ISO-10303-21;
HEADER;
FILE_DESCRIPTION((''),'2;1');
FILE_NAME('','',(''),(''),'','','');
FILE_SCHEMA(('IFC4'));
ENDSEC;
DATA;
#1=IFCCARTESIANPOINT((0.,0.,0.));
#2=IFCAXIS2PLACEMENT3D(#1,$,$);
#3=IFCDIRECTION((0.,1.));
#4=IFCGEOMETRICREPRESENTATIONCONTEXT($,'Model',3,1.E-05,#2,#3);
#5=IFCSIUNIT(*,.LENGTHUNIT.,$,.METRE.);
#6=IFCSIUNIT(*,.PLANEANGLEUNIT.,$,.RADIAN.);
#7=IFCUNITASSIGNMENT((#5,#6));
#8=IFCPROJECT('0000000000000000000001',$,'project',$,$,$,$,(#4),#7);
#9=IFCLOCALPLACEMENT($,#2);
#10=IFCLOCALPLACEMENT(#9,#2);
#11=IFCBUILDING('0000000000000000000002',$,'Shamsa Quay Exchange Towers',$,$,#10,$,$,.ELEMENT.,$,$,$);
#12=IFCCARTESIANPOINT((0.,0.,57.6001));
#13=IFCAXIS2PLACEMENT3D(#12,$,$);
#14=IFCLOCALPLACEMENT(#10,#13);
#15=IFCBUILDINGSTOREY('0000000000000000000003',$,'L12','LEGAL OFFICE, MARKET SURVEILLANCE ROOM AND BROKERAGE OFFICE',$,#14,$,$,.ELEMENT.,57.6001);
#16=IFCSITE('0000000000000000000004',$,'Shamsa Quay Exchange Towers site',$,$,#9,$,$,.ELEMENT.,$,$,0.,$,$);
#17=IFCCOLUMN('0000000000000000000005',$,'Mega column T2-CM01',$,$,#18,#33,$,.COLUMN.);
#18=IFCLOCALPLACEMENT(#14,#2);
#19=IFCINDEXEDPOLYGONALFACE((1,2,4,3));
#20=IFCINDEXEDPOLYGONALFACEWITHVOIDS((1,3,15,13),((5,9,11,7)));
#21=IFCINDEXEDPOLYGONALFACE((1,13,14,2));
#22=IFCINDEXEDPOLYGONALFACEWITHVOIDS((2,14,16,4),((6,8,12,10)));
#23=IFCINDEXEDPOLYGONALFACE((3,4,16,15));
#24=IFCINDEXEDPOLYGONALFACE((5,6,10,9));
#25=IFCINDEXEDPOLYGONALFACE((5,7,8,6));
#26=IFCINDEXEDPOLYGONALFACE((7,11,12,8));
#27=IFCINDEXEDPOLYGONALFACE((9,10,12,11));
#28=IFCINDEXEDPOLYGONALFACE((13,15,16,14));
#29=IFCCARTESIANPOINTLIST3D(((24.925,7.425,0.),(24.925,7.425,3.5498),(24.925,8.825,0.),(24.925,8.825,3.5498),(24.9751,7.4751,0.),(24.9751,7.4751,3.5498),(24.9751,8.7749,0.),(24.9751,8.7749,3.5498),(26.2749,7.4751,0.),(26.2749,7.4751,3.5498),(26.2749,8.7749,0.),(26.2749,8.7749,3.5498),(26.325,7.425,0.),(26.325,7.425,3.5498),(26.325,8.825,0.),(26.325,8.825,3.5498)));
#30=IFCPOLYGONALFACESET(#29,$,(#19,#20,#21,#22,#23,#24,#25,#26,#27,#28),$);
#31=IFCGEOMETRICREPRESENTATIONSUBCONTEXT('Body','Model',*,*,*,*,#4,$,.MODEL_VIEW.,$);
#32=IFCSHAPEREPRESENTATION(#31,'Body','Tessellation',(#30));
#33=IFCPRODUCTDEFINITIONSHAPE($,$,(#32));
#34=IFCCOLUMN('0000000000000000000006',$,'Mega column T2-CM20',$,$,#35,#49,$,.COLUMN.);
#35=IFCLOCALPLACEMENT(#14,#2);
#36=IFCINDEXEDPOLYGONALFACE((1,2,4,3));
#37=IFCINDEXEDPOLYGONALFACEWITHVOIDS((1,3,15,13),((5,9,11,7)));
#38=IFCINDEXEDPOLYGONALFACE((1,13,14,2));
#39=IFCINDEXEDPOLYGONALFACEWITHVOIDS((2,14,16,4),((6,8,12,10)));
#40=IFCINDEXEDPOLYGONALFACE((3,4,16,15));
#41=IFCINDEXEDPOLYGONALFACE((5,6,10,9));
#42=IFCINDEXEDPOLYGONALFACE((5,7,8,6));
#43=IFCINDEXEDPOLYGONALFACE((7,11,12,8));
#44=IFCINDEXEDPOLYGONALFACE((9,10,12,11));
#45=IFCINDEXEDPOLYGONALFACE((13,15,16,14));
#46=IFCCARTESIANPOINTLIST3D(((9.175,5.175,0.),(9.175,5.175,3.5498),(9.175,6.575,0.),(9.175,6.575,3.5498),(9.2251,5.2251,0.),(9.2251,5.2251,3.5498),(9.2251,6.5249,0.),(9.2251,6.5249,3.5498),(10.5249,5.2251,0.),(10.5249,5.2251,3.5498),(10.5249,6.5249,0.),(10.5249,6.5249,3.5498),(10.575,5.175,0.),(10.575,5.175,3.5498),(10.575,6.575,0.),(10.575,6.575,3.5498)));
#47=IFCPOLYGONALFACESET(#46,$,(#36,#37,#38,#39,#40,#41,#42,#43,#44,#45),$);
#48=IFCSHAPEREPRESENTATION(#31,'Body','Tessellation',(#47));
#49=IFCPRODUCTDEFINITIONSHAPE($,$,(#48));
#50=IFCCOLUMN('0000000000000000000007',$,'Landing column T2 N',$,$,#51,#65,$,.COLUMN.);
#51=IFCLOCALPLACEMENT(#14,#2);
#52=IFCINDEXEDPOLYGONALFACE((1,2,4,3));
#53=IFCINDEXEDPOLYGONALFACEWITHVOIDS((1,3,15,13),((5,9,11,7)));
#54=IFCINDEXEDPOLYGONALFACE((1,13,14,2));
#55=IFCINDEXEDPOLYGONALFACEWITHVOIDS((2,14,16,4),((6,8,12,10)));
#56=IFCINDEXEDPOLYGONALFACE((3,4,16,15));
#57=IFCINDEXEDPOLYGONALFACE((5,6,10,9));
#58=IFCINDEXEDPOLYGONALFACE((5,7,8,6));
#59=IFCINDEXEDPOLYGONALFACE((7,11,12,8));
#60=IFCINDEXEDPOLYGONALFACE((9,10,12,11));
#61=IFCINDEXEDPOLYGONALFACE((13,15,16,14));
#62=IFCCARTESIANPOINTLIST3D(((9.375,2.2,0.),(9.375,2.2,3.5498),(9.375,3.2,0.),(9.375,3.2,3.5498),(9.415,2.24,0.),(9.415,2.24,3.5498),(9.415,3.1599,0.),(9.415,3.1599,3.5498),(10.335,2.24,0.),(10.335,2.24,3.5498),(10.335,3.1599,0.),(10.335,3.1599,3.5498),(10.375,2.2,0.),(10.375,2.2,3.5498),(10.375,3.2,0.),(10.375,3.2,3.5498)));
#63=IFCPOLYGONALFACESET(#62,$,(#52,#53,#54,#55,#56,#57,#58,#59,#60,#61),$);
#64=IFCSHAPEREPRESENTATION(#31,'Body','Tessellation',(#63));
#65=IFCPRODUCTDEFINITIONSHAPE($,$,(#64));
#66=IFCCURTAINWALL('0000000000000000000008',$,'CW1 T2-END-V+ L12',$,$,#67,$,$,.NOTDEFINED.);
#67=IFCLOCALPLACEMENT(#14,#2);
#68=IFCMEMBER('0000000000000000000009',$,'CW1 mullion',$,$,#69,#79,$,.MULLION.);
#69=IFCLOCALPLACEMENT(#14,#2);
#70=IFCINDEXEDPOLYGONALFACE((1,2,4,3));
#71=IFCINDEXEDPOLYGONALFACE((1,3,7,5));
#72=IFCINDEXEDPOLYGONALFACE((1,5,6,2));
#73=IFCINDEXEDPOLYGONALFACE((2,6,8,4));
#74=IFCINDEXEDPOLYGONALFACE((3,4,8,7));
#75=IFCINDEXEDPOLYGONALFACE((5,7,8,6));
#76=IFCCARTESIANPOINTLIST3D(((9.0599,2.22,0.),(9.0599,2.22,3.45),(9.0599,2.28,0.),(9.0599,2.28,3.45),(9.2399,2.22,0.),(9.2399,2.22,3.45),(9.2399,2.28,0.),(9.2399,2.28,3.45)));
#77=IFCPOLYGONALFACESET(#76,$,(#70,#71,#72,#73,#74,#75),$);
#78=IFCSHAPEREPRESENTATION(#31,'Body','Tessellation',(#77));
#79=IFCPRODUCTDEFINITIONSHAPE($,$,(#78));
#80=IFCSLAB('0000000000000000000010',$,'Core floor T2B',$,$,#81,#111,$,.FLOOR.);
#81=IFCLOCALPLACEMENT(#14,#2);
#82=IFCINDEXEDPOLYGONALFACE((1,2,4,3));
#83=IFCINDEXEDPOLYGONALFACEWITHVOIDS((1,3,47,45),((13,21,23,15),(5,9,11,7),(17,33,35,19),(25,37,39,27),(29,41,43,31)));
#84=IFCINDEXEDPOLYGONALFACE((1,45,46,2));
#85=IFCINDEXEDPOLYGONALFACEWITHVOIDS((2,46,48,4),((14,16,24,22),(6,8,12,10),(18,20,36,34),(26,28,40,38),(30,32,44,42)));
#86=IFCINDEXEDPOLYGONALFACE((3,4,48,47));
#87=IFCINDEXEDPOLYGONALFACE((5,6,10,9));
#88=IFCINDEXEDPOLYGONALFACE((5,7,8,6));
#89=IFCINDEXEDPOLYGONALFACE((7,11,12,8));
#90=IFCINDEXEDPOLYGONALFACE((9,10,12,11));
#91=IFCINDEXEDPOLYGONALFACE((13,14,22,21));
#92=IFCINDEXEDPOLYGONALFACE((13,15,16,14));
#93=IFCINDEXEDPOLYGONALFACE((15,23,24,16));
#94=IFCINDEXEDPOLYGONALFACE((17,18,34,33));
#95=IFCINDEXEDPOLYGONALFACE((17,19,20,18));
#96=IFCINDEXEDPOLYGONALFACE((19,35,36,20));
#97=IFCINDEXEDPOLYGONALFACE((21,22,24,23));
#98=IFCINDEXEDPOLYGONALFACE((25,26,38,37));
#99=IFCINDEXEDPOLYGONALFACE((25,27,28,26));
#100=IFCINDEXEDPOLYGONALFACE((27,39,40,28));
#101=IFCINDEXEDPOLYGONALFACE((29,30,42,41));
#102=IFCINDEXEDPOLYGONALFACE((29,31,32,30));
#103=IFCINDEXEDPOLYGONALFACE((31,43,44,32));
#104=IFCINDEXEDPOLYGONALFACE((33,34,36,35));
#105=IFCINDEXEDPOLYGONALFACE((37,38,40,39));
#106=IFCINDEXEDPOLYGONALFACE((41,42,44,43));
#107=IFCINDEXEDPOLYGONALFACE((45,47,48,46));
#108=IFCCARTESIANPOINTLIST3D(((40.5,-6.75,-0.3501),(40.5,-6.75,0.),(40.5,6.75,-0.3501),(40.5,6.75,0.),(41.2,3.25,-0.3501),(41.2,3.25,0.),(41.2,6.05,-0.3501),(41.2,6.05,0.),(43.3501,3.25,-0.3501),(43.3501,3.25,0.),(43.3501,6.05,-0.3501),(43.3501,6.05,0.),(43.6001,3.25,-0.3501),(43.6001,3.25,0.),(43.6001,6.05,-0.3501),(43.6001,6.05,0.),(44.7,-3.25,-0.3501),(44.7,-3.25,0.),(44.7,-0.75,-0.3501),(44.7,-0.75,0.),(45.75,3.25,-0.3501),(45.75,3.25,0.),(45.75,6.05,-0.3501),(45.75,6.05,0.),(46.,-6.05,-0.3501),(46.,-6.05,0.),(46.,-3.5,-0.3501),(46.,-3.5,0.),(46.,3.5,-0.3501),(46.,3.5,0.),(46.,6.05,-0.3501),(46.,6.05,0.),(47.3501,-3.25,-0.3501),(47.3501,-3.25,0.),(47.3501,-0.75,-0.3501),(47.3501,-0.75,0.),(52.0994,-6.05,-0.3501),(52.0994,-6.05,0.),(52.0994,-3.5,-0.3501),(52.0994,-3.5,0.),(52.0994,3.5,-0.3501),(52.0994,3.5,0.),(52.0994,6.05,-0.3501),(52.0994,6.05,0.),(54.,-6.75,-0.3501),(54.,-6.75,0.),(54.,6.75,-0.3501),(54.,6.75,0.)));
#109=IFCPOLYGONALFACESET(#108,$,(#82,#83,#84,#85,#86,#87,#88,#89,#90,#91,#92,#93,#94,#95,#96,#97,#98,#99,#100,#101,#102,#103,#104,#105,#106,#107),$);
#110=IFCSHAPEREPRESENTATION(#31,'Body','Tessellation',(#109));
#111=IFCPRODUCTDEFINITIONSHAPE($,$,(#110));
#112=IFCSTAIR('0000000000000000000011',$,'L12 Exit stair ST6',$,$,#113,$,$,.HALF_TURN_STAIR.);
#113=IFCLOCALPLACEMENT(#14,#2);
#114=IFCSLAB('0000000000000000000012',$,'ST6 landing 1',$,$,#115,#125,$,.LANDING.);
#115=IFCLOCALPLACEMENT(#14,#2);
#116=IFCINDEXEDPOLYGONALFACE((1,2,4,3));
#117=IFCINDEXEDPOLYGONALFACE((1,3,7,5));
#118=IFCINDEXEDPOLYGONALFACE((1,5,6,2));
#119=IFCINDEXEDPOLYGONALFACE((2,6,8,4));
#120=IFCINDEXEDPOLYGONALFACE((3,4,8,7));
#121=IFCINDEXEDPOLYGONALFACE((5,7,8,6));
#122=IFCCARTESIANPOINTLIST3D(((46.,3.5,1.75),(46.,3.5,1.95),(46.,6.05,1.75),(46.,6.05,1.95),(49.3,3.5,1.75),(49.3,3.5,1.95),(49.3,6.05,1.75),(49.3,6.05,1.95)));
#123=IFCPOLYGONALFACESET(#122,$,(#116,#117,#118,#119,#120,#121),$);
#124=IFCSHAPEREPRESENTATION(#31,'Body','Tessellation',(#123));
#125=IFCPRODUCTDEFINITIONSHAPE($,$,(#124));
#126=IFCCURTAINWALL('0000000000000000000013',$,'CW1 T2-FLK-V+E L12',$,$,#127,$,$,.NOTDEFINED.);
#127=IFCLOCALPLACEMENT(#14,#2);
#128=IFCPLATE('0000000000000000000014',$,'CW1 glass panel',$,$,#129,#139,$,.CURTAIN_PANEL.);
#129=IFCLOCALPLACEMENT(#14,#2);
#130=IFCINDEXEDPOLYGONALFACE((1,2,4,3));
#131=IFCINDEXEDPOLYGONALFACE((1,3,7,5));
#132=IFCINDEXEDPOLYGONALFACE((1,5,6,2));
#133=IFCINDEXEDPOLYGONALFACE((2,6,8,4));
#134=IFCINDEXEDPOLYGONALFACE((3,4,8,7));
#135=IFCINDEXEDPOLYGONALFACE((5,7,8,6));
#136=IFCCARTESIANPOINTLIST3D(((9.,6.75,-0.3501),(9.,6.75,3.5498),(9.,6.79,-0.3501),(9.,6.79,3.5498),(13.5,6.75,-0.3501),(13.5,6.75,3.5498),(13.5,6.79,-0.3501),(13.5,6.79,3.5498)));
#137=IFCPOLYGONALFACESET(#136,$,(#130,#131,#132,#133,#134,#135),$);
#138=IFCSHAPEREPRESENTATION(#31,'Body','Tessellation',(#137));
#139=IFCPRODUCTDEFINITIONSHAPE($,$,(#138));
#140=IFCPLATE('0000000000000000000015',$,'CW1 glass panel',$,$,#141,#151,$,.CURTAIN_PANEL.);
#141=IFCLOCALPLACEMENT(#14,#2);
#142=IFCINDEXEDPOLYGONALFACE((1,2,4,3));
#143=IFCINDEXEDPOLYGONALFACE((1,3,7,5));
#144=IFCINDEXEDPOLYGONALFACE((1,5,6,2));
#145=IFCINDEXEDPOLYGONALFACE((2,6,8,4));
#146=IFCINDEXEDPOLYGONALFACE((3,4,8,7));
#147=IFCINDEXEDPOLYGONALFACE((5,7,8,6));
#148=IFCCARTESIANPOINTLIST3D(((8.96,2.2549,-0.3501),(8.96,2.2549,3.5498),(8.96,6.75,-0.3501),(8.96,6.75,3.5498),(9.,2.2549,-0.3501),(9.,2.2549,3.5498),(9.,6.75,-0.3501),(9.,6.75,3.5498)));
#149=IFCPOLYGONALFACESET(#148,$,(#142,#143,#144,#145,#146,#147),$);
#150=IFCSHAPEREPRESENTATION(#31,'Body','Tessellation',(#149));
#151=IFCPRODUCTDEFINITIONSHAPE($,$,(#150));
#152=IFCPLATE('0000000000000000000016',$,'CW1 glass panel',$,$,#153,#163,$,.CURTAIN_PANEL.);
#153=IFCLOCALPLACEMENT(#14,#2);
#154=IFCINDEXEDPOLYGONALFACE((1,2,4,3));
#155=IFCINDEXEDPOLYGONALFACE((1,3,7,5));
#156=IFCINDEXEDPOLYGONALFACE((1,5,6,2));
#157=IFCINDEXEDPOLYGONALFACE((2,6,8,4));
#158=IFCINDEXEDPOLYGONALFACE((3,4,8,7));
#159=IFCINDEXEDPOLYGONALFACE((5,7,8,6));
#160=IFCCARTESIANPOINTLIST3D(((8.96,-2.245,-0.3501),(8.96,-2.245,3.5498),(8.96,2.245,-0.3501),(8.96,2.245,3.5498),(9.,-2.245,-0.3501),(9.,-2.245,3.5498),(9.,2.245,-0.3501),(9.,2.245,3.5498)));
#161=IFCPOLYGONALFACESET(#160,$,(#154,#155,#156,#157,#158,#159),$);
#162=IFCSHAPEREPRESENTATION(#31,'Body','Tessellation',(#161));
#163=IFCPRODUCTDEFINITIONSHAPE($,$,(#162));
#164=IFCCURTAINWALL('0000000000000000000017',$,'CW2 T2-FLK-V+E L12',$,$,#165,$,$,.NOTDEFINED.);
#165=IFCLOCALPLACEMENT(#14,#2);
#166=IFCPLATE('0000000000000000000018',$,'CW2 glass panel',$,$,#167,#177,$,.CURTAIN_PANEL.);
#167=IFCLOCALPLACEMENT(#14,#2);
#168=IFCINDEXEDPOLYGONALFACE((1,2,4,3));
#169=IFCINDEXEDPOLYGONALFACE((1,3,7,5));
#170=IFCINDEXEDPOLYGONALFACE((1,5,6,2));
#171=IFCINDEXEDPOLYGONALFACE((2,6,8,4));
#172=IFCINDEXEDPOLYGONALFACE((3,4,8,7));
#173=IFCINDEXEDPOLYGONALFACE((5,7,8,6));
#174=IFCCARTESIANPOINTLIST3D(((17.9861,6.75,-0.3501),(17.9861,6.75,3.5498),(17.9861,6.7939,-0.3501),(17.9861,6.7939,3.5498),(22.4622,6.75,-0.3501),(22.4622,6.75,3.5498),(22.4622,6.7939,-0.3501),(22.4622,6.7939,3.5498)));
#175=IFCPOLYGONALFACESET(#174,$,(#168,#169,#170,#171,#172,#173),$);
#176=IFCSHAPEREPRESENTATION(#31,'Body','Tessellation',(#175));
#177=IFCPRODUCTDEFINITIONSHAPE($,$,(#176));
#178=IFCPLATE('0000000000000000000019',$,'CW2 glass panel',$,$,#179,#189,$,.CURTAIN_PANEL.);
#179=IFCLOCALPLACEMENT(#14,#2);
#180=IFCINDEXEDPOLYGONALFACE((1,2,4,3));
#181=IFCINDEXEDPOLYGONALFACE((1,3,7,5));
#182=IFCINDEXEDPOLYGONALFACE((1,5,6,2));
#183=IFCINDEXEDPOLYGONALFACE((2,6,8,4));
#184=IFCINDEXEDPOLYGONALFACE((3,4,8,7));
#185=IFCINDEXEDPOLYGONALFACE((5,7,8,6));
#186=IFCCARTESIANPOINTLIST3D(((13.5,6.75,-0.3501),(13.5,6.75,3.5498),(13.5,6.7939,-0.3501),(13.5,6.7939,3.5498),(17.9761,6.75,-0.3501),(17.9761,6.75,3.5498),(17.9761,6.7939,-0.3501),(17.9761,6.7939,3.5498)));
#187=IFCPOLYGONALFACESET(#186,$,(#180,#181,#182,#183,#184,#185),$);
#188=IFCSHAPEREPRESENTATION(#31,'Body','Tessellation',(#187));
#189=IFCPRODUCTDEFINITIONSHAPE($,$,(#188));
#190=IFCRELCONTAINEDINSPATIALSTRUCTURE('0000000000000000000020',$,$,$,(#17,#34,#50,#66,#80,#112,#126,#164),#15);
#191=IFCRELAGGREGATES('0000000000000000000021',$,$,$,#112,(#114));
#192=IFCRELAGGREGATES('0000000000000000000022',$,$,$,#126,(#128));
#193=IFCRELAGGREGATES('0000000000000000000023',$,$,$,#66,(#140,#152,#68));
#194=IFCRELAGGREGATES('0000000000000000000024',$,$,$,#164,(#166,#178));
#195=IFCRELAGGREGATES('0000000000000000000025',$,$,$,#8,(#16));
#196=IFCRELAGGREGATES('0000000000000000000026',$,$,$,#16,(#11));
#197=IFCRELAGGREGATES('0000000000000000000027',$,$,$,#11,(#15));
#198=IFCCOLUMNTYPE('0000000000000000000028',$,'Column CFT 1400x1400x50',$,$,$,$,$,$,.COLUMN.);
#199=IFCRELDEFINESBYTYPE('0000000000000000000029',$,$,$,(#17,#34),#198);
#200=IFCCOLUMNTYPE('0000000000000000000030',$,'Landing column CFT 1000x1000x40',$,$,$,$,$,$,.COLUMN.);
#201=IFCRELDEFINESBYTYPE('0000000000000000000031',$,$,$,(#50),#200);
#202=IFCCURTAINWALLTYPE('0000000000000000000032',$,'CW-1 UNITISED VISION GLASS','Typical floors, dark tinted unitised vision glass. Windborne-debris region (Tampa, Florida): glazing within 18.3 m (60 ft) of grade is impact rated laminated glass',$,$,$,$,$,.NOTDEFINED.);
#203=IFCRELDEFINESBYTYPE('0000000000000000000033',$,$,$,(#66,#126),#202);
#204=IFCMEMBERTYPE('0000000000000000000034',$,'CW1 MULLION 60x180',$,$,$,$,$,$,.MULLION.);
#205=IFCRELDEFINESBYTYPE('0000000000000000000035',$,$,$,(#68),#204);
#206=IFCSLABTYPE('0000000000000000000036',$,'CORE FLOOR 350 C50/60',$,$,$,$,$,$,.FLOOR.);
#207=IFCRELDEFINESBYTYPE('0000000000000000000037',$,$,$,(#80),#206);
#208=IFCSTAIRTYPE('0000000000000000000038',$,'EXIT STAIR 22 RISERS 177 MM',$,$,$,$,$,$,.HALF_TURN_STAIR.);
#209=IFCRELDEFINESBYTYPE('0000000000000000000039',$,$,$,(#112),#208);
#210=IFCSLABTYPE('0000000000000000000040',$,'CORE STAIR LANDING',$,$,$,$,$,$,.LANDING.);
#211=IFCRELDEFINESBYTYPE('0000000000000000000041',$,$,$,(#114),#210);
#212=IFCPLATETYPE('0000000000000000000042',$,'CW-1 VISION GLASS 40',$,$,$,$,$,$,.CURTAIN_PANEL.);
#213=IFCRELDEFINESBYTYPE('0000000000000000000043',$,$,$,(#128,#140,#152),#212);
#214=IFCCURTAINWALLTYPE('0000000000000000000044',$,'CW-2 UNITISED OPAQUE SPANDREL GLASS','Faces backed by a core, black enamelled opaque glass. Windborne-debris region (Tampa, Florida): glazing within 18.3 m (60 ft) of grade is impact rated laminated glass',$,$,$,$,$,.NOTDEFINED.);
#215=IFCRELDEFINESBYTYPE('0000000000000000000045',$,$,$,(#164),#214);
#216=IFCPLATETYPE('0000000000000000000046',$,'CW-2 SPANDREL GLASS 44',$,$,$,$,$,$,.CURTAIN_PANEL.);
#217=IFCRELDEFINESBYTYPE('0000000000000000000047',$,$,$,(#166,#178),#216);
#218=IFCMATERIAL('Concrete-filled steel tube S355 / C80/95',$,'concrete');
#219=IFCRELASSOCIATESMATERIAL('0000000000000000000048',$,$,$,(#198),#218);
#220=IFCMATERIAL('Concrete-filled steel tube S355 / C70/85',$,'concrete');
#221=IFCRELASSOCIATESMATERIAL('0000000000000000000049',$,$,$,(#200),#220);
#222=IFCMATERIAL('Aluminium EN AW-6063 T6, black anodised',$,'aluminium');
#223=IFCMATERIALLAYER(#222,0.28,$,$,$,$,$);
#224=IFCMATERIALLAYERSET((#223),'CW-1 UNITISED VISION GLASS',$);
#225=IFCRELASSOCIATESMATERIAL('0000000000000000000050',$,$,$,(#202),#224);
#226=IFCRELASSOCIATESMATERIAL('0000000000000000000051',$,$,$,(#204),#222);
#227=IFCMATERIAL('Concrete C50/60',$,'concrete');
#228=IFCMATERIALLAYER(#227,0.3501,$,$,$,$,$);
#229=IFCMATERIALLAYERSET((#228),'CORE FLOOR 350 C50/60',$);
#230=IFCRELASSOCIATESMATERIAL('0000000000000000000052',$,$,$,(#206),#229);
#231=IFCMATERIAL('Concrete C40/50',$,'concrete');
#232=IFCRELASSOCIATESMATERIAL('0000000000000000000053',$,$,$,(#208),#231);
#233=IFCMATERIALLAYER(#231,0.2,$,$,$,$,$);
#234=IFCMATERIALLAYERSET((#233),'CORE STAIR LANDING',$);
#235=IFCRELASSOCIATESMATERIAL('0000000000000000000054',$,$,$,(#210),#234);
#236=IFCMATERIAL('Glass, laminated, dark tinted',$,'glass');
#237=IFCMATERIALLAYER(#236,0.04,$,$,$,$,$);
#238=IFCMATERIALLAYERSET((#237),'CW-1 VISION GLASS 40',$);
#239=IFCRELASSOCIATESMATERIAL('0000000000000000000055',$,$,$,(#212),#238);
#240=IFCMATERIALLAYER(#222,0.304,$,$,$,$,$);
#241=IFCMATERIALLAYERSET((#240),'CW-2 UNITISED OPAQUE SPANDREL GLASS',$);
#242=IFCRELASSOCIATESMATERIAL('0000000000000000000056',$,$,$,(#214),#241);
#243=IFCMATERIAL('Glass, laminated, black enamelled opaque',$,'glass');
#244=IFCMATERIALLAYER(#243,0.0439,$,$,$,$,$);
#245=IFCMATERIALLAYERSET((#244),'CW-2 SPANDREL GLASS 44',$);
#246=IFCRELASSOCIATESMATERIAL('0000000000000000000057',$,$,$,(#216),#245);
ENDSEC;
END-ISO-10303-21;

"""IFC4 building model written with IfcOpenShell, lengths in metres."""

from ifc_helpers import new_model, si_unit, direction, frame, origin, origin_2d, place, context, subcontext, project, spatial, polyline, rectangle, hollow_rectangle, outline, extrude, material, layer, layer_set, material_profile, profile_set, type_object, element, aggregate, save


model = new_model("IFC4")

# Units and contexts
model_context = context("Model", 3, precision=1e-05, world=origin(), true_north=direction((0.0, 1.0)))
body_context = subcontext(model_context, "Body", "Model", "MODEL_VIEW")
ifc_project = project(units=[si_unit("LENGTHUNIT", "METRE"), si_unit("PLANEANGLEUNIT", "RADIAN")], contexts=[model_context])

# Site, building, storey
site_placement = place(None, origin())
site = spatial("IfcSite", under=ifc_project, at=site_placement, Name="Shamsa Quay Exchange Towers site", CompositionType="ELEMENT", RefElevation=0.0)
building_placement = place(site_placement, origin())
building = spatial("IfcBuilding", under=site, at=building_placement, Name="Shamsa Quay Exchange Towers", CompositionType="ELEMENT")
storey_placement = place(building_placement, frame((0.0, 0.0, 57.6001)))
storey = spatial("IfcBuildingStorey", under=building, at=storey_placement, Name="L12", Description="LEGAL OFFICE, MARKET SURVEILLANCE ROOM AND BROKERAGE OFFICE", CompositionType="ELEMENT", Elevation=57.6001)

# Columns
ifc_material_1 = material(Name="Concrete-filled steel tube S355 / C80/95", Category="concrete")
ifc_material_profile_1 = material_profile(ifc_material_1, hollow_rectangle(XDim=1.3999, YDim=1.3999, WallThickness=0.05, at=origin_2d()), Name="CFT 1400x1400x50")
ifc_profile_set_1 = profile_set([ifc_material_profile_1], Name="Concrete-filled steel tube S355 / C80/95")
column_type_1 = type_object("IfcColumnType", Name="Column CFT 1400x1400x50", PredefinedType="COLUMN", material=ifc_profile_set_1)
for number, where, name in (
    (1, (25.625, 8.125, 0.0), "Mega column T2-CM01"),
    (2, (9.875, 5.875, 0.0), "Mega column T2-CM20"),
):
    element("IfcColumn", number, at=place(storey_placement, frame(where)), inside=storey, type_object=column_type_1, Name=name, PredefinedType="COLUMN", context=body_context, shape_type="SweptSolid", body=[
        extrude(hollow_rectangle(XDim=1.3999, YDim=1.3999, WallThickness=0.05, at=origin_2d()), origin(), (0.0, 0.0, 1.0), 3.5498),
    ])
ifc_material_2 = material(Name="Concrete-filled steel tube S355 / C70/85", Category="concrete")
ifc_material_profile_2 = material_profile(ifc_material_2, hollow_rectangle(XDim=1.0, YDim=1.0, WallThickness=0.04, at=origin_2d()), Name="CFT 1000x1000x40")
ifc_profile_set_2 = profile_set([ifc_material_profile_2], Name="Concrete-filled steel tube S355 / C70/85")
column_type_2 = type_object("IfcColumnType", Name="Landing column CFT 1000x1000x40", PredefinedType="COLUMN", material=ifc_profile_set_2)
column_placement = place(storey_placement, frame((9.875, 2.7, 0.0)))
element("IfcColumn", 3, at=column_placement, inside=storey, type_object=column_type_2, Name="Landing column T2 N", PredefinedType="COLUMN", context=body_context, shape_type="SweptSolid", body=[
    extrude(hollow_rectangle(XDim=1.0, YDim=1.0, WallThickness=0.04, at=origin_2d()), origin(), (0.0, 0.0, 1.0), 3.5498),
])

# Curtain wall, member
ifc_material_3 = material(Name="Aluminium EN AW-6063 T6, black anodised", Category="aluminium")
ifc_layer_1 = layer(ifc_material_3, 0.28)
ifc_layer_set_1 = layer_set([ifc_layer_1], Name="CW-1 UNITISED VISION GLASS")
curtain_wall_type_1 = type_object("IfcCurtainWallType", Name="CW-1 UNITISED VISION GLASS", Description="Typical floors, dark tinted unitised vision glass. Windborne-debris region (Tampa, Florida): glazing within 18.3 m (60 ft) of grade is impact rated laminated glass", PredefinedType="NOTDEFINED", material=ifc_layer_set_1)
curtain_wall_1_placement = place(storey_placement, origin())
curtain_wall_1 = element("IfcCurtainWall", 4, at=curtain_wall_1_placement, inside=storey, type_object=curtain_wall_type_1, Name="CW1 T2-END-V+ L12", PredefinedType="NOTDEFINED")
ifc_material_profile_3 = material_profile(ifc_material_3, rectangle(XDim=0.1799, YDim=0.0601, at=origin_2d()), Name="MU60x180")
ifc_profile_set_3 = profile_set([ifc_material_profile_3], Name="Aluminium EN AW-6063 T6, black anodised")
member_type = type_object("IfcMemberType", Name="CW1 MULLION 60x180", PredefinedType="MULLION", material=ifc_profile_set_3)
member_placement = place(storey_placement, frame((9.1499, 2.25, 0.0)))
member = element("IfcMember", 5, at=member_placement, type_object=member_type, Name="CW1 mullion", PredefinedType="MULLION", context=body_context, shape_type="SweptSolid", body=[
    extrude(rectangle(XDim=0.1799, YDim=0.0601, at=origin_2d()), origin(), (0.0, 0.0, 1.0), 3.45),
])

# Slab
ifc_material_4 = material(Name="Concrete C50/60", Category="concrete")
ifc_layer_2 = layer(ifc_material_4, 0.3501)
ifc_layer_set_2 = layer_set([ifc_layer_2], Name="CORE FLOOR 350 C50/60")
slab_type_1 = type_object("IfcSlabType", Name="CORE FLOOR 350 C50/60", PredefinedType="FLOOR", material=ifc_layer_set_2)
slab_1_placement = place(storey_placement, frame((0.0, 0.0, -0.3501)))
element("IfcSlab", 6, at=slab_1_placement, inside=storey, type_object=slab_type_1, Name="Core floor T2B", PredefinedType="FLOOR", context=body_context, shape_type="SweptSolid", body=[
    extrude(outline(polyline([(54.0, -6.75), (54.0, 6.75), (40.5, 6.75), (40.5, -6.75), (54.0, -6.75)]), holes=[polyline([(52.0994, -3.5), (52.0994, -6.05), (46.0, -6.05), (46.0, -3.5), (52.0994, -3.5)]), polyline([(52.0994, 6.05), (52.0994, 3.5), (46.0, 3.5), (46.0, 6.05), (52.0994, 6.05)]), polyline([(45.75, 3.25), (43.6001, 3.25), (43.6001, 6.05), (45.75, 6.05), (45.75, 3.25)]), polyline([(43.3501, 3.25), (41.2, 3.25), (41.2, 6.05), (43.3501, 6.05), (43.3501, 3.25)]), polyline([(47.3501, -3.25), (44.7, -3.25), (44.7, -0.75), (47.3501, -0.75), (47.3501, -3.25)])]), origin(), (0.0, 0.0, 1.0), 0.3501),
])

# Stair, slab
ifc_material_5 = material(Name="Concrete C40/50", Category="concrete")
stair_type = type_object("IfcStairType", Name="EXIT STAIR 22 RISERS 177 MM", PredefinedType="HALF_TURN_STAIR", material=ifc_material_5)
stair_placement = place(storey_placement, origin())
stair = element("IfcStair", 7, at=stair_placement, inside=storey, type_object=stair_type, Name="L12 Exit stair ST6", PredefinedType="HALF_TURN_STAIR")
ifc_layer_3 = layer(ifc_material_5, 0.2)
ifc_layer_set_3 = layer_set([ifc_layer_3], Name="CORE STAIR LANDING")
slab_type_2 = type_object("IfcSlabType", Name="CORE STAIR LANDING", PredefinedType="LANDING", material=ifc_layer_set_3)
slab_2_placement = place(storey_placement, frame((0.0, 0.0, 1.75)))
slab_2 = element("IfcSlab", 8, at=slab_2_placement, type_object=slab_type_2, Name="ST6 landing 1", PredefinedType="LANDING", context=body_context, shape_type="SweptSolid", body=[
    extrude(outline(polyline([(49.3, 6.05), (46.0, 6.05), (46.0, 3.5), (49.3, 3.5), (49.3, 6.05)])), origin(), (0.0, 0.0, 1.0), 0.2),
])
aggregate(stair, [slab_2])

# Curtain wall, plate
curtain_wall_2_placement = place(storey_placement, origin())
curtain_wall_2 = element("IfcCurtainWall", 9, at=curtain_wall_2_placement, inside=storey, type_object=curtain_wall_type_1, Name="CW1 T2-FLK-V+E L12", PredefinedType="NOTDEFINED")
ifc_material_6 = material(Name="Glass, laminated, dark tinted", Category="glass")
ifc_layer_4 = layer(ifc_material_6, 0.04)
ifc_layer_set_4 = layer_set([ifc_layer_4], Name="CW-1 VISION GLASS 40")
plate_type_1 = type_object("IfcPlateType", Name="CW-1 VISION GLASS 40", PredefinedType="CURTAIN_PANEL", material=ifc_layer_set_4)
plate_1_placement = place(storey_placement, frame((11.25, 6.77, -0.3501), z_axis=(0.0, 0.0, 1.0), x_axis=(-1.0, 0.0, 0.0)))
plate_1 = element("IfcPlate", 10, at=plate_1_placement, type_object=plate_type_1, Name="CW1 glass panel", PredefinedType="CURTAIN_PANEL", context=body_context, shape_type="SweptSolid", body=[
    extrude(rectangle(XDim=4.5, YDim=0.04, at=origin_2d()), origin(), (0.0, 0.0, 1.0), 3.8999),
])
aggregate(curtain_wall_2, [plate_1])

# Plates
plate_2_placement = place(storey_placement, frame((8.98, 4.5024, -0.3501), z_axis=(0.0, 0.0, 1.0), x_axis=(0.0, -1.0, 0.0)))
plate_2 = element("IfcPlate", 11, at=plate_2_placement, type_object=plate_type_1, Name="CW1 glass panel", PredefinedType="CURTAIN_PANEL", context=body_context, shape_type="SweptSolid", body=[
    extrude(rectangle(XDim=4.4951, YDim=0.04, at=origin_2d()), origin(), (0.0, 0.0, 1.0), 3.8999),
])
plate_3_placement = place(storey_placement, frame((8.98, 0.0, -0.3501), z_axis=(0.0, 0.0, 1.0), x_axis=(0.0, -1.0, 0.0)))
plate_3 = element("IfcPlate", 12, at=plate_3_placement, type_object=plate_type_1, Name="CW1 glass panel", PredefinedType="CURTAIN_PANEL", context=body_context, shape_type="SweptSolid", body=[
    extrude(rectangle(XDim=4.49, YDim=0.04, at=origin_2d()), origin(), (0.0, 0.0, 1.0), 3.8999),
])
aggregate(curtain_wall_1, [plate_2, plate_3, member])

# Curtain wall, plates
ifc_layer_5 = layer(ifc_material_3, 0.304)
ifc_layer_set_5 = layer_set([ifc_layer_5], Name="CW-2 UNITISED OPAQUE SPANDREL GLASS")
curtain_wall_type_2 = type_object("IfcCurtainWallType", Name="CW-2 UNITISED OPAQUE SPANDREL GLASS", Description="Faces backed by a core, black enamelled opaque glass. Windborne-debris region (Tampa, Florida): glazing within 18.3 m (60 ft) of grade is impact rated laminated glass", PredefinedType="NOTDEFINED", material=ifc_layer_set_5)
curtain_wall_3_placement = place(storey_placement, origin())
curtain_wall_3 = element("IfcCurtainWall", 13, at=curtain_wall_3_placement, inside=storey, type_object=curtain_wall_type_2, Name="CW2 T2-FLK-V+E L12", PredefinedType="NOTDEFINED")
ifc_material_7 = material(Name="Glass, laminated, black enamelled opaque", Category="glass")
ifc_layer_6 = layer(ifc_material_7, 0.0439)
ifc_layer_set_6 = layer_set([ifc_layer_6], Name="CW-2 SPANDREL GLASS 44")
plate_type_2 = type_object("IfcPlateType", Name="CW-2 SPANDREL GLASS 44", PredefinedType="CURTAIN_PANEL", material=ifc_layer_set_6)
plate_4_placement = place(storey_placement, frame((20.2241, 6.772, -0.3501), z_axis=(0.0, 0.0, 1.0), x_axis=(-1.0, 0.0, 0.0)))
plate_4 = element("IfcPlate", 14, at=plate_4_placement, type_object=plate_type_2, Name="CW2 glass panel", PredefinedType="CURTAIN_PANEL", context=body_context, shape_type="SweptSolid", body=[
    extrude(rectangle(XDim=4.4761, YDim=0.0439, at=origin_2d()), origin(), (0.0, 0.0, 1.0), 3.8999),
])
plate_5_placement = place(storey_placement, frame((15.738, 6.772, -0.3501), z_axis=(0.0, 0.0, 1.0), x_axis=(-1.0, 0.0, 0.0)))
plate_5 = element("IfcPlate", 15, at=plate_5_placement, type_object=plate_type_2, Name="CW2 glass panel", PredefinedType="CURTAIN_PANEL", context=body_context, shape_type="SweptSolid", body=[
    extrude(rectangle(XDim=4.4761, YDim=0.0439, at=origin_2d()), origin(), (0.0, 0.0, 1.0), 3.8999),
])
aggregate(curtain_wall_3, [plate_4, plate_5])

save(model, "model.ifc")
